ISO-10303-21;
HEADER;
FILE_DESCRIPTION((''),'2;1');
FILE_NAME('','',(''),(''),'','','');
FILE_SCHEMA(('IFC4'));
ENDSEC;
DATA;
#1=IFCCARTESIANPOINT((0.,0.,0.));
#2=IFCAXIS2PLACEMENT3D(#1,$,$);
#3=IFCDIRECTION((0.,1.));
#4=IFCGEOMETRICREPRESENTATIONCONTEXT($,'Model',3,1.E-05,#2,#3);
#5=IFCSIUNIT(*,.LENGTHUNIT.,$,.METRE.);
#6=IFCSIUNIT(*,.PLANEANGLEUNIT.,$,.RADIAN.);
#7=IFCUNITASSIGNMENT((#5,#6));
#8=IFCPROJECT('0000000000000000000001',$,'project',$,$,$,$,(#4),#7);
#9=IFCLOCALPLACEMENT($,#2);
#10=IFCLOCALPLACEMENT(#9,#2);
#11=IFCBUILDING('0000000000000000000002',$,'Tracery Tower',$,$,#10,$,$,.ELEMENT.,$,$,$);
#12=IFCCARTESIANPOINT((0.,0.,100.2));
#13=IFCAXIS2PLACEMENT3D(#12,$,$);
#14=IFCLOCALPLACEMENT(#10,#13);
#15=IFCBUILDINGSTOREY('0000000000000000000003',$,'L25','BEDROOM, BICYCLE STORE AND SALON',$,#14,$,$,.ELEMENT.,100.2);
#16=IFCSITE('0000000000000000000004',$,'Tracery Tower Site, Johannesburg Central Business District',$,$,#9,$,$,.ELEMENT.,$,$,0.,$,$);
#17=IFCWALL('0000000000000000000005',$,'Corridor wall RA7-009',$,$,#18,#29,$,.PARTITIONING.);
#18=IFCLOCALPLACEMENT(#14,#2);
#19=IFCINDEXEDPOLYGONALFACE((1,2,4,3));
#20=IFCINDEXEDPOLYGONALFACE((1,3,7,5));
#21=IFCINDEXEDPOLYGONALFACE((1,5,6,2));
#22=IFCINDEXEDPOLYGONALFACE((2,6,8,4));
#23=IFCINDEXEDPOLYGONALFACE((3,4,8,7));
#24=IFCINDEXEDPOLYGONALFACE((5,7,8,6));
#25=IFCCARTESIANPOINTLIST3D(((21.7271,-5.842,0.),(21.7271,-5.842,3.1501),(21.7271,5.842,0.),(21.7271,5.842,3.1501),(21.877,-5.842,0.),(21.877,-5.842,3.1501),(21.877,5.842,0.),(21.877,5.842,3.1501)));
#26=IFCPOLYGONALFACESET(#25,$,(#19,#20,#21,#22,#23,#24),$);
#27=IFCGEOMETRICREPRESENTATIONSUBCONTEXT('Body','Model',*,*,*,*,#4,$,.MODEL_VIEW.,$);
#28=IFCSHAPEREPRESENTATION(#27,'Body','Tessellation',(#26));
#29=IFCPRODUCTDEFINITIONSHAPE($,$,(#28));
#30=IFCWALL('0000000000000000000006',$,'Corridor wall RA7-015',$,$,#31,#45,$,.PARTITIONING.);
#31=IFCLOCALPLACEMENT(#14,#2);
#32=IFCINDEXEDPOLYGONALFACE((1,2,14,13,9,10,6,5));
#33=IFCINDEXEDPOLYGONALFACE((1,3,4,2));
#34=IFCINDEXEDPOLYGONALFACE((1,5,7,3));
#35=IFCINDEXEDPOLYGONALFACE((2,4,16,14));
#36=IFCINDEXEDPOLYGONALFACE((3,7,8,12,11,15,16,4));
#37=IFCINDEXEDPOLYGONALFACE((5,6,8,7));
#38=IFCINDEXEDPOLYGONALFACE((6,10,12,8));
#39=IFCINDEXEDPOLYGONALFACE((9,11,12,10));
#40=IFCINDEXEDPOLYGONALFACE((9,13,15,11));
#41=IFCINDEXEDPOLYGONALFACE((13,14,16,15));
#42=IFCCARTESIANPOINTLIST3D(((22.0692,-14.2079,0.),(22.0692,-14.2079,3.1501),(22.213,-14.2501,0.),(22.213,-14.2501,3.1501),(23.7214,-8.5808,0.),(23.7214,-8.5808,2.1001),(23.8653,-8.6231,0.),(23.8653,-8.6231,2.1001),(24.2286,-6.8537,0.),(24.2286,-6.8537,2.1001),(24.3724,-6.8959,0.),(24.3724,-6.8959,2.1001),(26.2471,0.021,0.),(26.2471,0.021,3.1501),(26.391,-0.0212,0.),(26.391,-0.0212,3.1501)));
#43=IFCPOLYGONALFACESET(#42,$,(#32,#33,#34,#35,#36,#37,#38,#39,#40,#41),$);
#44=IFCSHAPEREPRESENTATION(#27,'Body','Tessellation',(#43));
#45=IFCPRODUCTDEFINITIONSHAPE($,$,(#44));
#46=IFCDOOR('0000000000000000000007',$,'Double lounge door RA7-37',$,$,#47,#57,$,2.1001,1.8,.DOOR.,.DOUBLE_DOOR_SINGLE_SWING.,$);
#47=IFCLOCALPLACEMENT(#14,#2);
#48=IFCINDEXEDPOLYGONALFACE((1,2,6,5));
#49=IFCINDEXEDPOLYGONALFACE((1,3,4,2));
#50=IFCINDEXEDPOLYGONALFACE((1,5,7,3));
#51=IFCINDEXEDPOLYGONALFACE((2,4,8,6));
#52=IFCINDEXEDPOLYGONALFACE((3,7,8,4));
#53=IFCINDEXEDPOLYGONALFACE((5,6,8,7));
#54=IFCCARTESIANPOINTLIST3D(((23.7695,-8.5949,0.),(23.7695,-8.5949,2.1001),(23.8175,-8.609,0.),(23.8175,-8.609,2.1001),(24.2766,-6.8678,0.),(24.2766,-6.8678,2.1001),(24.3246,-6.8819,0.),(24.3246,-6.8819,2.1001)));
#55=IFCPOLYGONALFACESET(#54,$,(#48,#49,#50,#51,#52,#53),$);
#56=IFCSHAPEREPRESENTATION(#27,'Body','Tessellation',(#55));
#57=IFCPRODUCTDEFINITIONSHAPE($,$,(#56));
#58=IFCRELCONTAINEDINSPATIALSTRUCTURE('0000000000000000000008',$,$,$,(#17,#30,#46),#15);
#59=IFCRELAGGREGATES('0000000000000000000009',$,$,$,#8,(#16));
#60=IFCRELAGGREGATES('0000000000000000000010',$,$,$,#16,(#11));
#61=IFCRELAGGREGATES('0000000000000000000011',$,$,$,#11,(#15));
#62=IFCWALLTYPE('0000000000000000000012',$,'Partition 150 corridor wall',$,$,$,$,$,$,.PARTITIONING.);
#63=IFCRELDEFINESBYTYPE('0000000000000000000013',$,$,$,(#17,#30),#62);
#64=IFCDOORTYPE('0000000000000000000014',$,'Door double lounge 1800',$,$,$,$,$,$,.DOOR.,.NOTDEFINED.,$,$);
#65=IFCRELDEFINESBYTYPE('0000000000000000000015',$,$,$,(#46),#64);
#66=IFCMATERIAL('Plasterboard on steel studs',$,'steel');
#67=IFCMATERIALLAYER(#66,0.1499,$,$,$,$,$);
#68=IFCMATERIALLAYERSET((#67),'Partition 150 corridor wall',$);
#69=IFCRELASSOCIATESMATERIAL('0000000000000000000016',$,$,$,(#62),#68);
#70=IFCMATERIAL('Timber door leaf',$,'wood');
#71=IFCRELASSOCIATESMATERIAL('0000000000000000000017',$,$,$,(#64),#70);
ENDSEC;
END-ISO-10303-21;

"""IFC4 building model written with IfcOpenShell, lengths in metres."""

from ifc_helpers import new_model, si_unit, direction, frame, frame_2d, origin, place, context, subcontext, project, spatial, rectangle, extrude, material, layer, layer_set, type_object, element, fill, save


model = new_model("IFC4")

# Units and contexts
model_context = context("Model", 3, precision=1e-05, world=origin(), true_north=direction((0.0, 1.0)))
body_context = subcontext(model_context, "Body", "Model", "MODEL_VIEW")
ifc_project = project(units=[si_unit("LENGTHUNIT", "METRE"), si_unit("PLANEANGLEUNIT", "RADIAN")], contexts=[model_context])

# Site, building, storey
site_placement = place(None, origin())
site = spatial("IfcSite", under=ifc_project, at=site_placement, Name="Tracery Tower Site, Johannesburg Central Business District", CompositionType="ELEMENT", RefElevation=0.0)
building_placement = place(site_placement, origin())
building = spatial("IfcBuilding", under=site, at=building_placement, Name="Tracery Tower", CompositionType="ELEMENT")
storey_placement = place(building_placement, frame((0.0, 0.0, 100.2)))
storey = spatial("IfcBuildingStorey", under=building, at=storey_placement, Name="L25", Description="BEDROOM, BICYCLE STORE AND SALON", CompositionType="ELEMENT", Elevation=100.2)

# Shared definitions
ifc_material_1 = material(Name="Plasterboard on steel studs", Category="steel")
ifc_layer_1 = layer(ifc_material_1, 0.1499)
ifc_layer_set_1 = layer_set([ifc_layer_1], Name="Partition 150 corridor wall")
wall_type_1 = type_object("IfcWallType", Name="Partition 150 corridor wall", PredefinedType="PARTITIONING", material=ifc_layer_set_1)
ifc_material_2 = material(Name="Timber door leaf", Category="wood")
door_type_1 = type_object("IfcDoorType", Name="Door double lounge 1800", OperationType="NOTDEFINED", PredefinedType="DOOR", material=ifc_material_2)

# Wall
wall_1_placement = place(storey_placement, frame((21.802, -5.842, 0.0), z_axis=(0.0, 0.0, 1.0), x_axis=(0.0, 1.0, 0.0)))
element("IfcWall", 1, at=wall_1_placement, inside=storey, type_object=wall_type_1, Name="Corridor wall RA7-009", PredefinedType="PARTITIONING", context=body_context, shape_type="SweptSolid", body=[
    extrude(rectangle(XDim=11.6841, YDim=0.1499, at=frame_2d((5.842, 0.0))), origin(), (0.0, 0.0, 1.0), 3.1501),
])

# Wall, opening, door
wall_2_placement = place(storey_placement, frame((22.1411, -14.229, 0.0), z_axis=(0.0, 0.0, 1.0), x_axis=(0.28173, 0.959494, 0.0)))
wall_2 = element("IfcWall", 2, at=wall_2_placement, inside=storey, type_object=wall_type_1, Name="Corridor wall RA7-015", PredefinedType="PARTITIONING", context=body_context, shape_type="SweptSolid", body=[
    extrude(rectangle(XDim=14.8296, YDim=0.1499, at=frame_2d((7.4148, 0.0))), origin(), (0.0, 0.0, 1.0), 3.1501),
])
opening_1_placement = place(wall_2_placement, frame((5.8647, 0.0, 0.0)))
opening_1 = element("IfcOpeningElement", 3, at=opening_1_placement, cuts=wall_2, PredefinedType="OPENING", context=body_context, shape_type="SweptSolid", body=[
    extrude(rectangle(XDim=1.8, YDim=2.1001, at=frame_2d((0.8999, 1.05))), frame((0.0, 0.075, 0.0), z_axis=(0.0, -1.0, 0.0), x_axis=(1.0, 0.0, 0.0)), (0.0, 0.0, 1.0), 0.1499),
])
door_1_placement = place(opening_1_placement, origin())
door_1 = element("IfcDoor", 4, at=door_1_placement, inside=storey, type_object=door_type_1, Name="Double lounge door RA7-37", OperationType="DOUBLE_DOOR_SINGLE_SWING", OverallHeight=2.1001, OverallWidth=1.8, PredefinedType="DOOR", context=body_context, shape_type="SweptSolid", body=[
    extrude(rectangle(XDim=1.8, YDim=2.1001, at=frame_2d((0.8999, 1.05))), frame((0.0, 0.0249, 0.0), z_axis=(0.0, -1.0, 0.0), x_axis=(1.0, 0.0, 0.0)), (0.0, 0.0, 1.0), 0.05),
])
fill(opening_1, door_1)

save(model, "model.ifc")
